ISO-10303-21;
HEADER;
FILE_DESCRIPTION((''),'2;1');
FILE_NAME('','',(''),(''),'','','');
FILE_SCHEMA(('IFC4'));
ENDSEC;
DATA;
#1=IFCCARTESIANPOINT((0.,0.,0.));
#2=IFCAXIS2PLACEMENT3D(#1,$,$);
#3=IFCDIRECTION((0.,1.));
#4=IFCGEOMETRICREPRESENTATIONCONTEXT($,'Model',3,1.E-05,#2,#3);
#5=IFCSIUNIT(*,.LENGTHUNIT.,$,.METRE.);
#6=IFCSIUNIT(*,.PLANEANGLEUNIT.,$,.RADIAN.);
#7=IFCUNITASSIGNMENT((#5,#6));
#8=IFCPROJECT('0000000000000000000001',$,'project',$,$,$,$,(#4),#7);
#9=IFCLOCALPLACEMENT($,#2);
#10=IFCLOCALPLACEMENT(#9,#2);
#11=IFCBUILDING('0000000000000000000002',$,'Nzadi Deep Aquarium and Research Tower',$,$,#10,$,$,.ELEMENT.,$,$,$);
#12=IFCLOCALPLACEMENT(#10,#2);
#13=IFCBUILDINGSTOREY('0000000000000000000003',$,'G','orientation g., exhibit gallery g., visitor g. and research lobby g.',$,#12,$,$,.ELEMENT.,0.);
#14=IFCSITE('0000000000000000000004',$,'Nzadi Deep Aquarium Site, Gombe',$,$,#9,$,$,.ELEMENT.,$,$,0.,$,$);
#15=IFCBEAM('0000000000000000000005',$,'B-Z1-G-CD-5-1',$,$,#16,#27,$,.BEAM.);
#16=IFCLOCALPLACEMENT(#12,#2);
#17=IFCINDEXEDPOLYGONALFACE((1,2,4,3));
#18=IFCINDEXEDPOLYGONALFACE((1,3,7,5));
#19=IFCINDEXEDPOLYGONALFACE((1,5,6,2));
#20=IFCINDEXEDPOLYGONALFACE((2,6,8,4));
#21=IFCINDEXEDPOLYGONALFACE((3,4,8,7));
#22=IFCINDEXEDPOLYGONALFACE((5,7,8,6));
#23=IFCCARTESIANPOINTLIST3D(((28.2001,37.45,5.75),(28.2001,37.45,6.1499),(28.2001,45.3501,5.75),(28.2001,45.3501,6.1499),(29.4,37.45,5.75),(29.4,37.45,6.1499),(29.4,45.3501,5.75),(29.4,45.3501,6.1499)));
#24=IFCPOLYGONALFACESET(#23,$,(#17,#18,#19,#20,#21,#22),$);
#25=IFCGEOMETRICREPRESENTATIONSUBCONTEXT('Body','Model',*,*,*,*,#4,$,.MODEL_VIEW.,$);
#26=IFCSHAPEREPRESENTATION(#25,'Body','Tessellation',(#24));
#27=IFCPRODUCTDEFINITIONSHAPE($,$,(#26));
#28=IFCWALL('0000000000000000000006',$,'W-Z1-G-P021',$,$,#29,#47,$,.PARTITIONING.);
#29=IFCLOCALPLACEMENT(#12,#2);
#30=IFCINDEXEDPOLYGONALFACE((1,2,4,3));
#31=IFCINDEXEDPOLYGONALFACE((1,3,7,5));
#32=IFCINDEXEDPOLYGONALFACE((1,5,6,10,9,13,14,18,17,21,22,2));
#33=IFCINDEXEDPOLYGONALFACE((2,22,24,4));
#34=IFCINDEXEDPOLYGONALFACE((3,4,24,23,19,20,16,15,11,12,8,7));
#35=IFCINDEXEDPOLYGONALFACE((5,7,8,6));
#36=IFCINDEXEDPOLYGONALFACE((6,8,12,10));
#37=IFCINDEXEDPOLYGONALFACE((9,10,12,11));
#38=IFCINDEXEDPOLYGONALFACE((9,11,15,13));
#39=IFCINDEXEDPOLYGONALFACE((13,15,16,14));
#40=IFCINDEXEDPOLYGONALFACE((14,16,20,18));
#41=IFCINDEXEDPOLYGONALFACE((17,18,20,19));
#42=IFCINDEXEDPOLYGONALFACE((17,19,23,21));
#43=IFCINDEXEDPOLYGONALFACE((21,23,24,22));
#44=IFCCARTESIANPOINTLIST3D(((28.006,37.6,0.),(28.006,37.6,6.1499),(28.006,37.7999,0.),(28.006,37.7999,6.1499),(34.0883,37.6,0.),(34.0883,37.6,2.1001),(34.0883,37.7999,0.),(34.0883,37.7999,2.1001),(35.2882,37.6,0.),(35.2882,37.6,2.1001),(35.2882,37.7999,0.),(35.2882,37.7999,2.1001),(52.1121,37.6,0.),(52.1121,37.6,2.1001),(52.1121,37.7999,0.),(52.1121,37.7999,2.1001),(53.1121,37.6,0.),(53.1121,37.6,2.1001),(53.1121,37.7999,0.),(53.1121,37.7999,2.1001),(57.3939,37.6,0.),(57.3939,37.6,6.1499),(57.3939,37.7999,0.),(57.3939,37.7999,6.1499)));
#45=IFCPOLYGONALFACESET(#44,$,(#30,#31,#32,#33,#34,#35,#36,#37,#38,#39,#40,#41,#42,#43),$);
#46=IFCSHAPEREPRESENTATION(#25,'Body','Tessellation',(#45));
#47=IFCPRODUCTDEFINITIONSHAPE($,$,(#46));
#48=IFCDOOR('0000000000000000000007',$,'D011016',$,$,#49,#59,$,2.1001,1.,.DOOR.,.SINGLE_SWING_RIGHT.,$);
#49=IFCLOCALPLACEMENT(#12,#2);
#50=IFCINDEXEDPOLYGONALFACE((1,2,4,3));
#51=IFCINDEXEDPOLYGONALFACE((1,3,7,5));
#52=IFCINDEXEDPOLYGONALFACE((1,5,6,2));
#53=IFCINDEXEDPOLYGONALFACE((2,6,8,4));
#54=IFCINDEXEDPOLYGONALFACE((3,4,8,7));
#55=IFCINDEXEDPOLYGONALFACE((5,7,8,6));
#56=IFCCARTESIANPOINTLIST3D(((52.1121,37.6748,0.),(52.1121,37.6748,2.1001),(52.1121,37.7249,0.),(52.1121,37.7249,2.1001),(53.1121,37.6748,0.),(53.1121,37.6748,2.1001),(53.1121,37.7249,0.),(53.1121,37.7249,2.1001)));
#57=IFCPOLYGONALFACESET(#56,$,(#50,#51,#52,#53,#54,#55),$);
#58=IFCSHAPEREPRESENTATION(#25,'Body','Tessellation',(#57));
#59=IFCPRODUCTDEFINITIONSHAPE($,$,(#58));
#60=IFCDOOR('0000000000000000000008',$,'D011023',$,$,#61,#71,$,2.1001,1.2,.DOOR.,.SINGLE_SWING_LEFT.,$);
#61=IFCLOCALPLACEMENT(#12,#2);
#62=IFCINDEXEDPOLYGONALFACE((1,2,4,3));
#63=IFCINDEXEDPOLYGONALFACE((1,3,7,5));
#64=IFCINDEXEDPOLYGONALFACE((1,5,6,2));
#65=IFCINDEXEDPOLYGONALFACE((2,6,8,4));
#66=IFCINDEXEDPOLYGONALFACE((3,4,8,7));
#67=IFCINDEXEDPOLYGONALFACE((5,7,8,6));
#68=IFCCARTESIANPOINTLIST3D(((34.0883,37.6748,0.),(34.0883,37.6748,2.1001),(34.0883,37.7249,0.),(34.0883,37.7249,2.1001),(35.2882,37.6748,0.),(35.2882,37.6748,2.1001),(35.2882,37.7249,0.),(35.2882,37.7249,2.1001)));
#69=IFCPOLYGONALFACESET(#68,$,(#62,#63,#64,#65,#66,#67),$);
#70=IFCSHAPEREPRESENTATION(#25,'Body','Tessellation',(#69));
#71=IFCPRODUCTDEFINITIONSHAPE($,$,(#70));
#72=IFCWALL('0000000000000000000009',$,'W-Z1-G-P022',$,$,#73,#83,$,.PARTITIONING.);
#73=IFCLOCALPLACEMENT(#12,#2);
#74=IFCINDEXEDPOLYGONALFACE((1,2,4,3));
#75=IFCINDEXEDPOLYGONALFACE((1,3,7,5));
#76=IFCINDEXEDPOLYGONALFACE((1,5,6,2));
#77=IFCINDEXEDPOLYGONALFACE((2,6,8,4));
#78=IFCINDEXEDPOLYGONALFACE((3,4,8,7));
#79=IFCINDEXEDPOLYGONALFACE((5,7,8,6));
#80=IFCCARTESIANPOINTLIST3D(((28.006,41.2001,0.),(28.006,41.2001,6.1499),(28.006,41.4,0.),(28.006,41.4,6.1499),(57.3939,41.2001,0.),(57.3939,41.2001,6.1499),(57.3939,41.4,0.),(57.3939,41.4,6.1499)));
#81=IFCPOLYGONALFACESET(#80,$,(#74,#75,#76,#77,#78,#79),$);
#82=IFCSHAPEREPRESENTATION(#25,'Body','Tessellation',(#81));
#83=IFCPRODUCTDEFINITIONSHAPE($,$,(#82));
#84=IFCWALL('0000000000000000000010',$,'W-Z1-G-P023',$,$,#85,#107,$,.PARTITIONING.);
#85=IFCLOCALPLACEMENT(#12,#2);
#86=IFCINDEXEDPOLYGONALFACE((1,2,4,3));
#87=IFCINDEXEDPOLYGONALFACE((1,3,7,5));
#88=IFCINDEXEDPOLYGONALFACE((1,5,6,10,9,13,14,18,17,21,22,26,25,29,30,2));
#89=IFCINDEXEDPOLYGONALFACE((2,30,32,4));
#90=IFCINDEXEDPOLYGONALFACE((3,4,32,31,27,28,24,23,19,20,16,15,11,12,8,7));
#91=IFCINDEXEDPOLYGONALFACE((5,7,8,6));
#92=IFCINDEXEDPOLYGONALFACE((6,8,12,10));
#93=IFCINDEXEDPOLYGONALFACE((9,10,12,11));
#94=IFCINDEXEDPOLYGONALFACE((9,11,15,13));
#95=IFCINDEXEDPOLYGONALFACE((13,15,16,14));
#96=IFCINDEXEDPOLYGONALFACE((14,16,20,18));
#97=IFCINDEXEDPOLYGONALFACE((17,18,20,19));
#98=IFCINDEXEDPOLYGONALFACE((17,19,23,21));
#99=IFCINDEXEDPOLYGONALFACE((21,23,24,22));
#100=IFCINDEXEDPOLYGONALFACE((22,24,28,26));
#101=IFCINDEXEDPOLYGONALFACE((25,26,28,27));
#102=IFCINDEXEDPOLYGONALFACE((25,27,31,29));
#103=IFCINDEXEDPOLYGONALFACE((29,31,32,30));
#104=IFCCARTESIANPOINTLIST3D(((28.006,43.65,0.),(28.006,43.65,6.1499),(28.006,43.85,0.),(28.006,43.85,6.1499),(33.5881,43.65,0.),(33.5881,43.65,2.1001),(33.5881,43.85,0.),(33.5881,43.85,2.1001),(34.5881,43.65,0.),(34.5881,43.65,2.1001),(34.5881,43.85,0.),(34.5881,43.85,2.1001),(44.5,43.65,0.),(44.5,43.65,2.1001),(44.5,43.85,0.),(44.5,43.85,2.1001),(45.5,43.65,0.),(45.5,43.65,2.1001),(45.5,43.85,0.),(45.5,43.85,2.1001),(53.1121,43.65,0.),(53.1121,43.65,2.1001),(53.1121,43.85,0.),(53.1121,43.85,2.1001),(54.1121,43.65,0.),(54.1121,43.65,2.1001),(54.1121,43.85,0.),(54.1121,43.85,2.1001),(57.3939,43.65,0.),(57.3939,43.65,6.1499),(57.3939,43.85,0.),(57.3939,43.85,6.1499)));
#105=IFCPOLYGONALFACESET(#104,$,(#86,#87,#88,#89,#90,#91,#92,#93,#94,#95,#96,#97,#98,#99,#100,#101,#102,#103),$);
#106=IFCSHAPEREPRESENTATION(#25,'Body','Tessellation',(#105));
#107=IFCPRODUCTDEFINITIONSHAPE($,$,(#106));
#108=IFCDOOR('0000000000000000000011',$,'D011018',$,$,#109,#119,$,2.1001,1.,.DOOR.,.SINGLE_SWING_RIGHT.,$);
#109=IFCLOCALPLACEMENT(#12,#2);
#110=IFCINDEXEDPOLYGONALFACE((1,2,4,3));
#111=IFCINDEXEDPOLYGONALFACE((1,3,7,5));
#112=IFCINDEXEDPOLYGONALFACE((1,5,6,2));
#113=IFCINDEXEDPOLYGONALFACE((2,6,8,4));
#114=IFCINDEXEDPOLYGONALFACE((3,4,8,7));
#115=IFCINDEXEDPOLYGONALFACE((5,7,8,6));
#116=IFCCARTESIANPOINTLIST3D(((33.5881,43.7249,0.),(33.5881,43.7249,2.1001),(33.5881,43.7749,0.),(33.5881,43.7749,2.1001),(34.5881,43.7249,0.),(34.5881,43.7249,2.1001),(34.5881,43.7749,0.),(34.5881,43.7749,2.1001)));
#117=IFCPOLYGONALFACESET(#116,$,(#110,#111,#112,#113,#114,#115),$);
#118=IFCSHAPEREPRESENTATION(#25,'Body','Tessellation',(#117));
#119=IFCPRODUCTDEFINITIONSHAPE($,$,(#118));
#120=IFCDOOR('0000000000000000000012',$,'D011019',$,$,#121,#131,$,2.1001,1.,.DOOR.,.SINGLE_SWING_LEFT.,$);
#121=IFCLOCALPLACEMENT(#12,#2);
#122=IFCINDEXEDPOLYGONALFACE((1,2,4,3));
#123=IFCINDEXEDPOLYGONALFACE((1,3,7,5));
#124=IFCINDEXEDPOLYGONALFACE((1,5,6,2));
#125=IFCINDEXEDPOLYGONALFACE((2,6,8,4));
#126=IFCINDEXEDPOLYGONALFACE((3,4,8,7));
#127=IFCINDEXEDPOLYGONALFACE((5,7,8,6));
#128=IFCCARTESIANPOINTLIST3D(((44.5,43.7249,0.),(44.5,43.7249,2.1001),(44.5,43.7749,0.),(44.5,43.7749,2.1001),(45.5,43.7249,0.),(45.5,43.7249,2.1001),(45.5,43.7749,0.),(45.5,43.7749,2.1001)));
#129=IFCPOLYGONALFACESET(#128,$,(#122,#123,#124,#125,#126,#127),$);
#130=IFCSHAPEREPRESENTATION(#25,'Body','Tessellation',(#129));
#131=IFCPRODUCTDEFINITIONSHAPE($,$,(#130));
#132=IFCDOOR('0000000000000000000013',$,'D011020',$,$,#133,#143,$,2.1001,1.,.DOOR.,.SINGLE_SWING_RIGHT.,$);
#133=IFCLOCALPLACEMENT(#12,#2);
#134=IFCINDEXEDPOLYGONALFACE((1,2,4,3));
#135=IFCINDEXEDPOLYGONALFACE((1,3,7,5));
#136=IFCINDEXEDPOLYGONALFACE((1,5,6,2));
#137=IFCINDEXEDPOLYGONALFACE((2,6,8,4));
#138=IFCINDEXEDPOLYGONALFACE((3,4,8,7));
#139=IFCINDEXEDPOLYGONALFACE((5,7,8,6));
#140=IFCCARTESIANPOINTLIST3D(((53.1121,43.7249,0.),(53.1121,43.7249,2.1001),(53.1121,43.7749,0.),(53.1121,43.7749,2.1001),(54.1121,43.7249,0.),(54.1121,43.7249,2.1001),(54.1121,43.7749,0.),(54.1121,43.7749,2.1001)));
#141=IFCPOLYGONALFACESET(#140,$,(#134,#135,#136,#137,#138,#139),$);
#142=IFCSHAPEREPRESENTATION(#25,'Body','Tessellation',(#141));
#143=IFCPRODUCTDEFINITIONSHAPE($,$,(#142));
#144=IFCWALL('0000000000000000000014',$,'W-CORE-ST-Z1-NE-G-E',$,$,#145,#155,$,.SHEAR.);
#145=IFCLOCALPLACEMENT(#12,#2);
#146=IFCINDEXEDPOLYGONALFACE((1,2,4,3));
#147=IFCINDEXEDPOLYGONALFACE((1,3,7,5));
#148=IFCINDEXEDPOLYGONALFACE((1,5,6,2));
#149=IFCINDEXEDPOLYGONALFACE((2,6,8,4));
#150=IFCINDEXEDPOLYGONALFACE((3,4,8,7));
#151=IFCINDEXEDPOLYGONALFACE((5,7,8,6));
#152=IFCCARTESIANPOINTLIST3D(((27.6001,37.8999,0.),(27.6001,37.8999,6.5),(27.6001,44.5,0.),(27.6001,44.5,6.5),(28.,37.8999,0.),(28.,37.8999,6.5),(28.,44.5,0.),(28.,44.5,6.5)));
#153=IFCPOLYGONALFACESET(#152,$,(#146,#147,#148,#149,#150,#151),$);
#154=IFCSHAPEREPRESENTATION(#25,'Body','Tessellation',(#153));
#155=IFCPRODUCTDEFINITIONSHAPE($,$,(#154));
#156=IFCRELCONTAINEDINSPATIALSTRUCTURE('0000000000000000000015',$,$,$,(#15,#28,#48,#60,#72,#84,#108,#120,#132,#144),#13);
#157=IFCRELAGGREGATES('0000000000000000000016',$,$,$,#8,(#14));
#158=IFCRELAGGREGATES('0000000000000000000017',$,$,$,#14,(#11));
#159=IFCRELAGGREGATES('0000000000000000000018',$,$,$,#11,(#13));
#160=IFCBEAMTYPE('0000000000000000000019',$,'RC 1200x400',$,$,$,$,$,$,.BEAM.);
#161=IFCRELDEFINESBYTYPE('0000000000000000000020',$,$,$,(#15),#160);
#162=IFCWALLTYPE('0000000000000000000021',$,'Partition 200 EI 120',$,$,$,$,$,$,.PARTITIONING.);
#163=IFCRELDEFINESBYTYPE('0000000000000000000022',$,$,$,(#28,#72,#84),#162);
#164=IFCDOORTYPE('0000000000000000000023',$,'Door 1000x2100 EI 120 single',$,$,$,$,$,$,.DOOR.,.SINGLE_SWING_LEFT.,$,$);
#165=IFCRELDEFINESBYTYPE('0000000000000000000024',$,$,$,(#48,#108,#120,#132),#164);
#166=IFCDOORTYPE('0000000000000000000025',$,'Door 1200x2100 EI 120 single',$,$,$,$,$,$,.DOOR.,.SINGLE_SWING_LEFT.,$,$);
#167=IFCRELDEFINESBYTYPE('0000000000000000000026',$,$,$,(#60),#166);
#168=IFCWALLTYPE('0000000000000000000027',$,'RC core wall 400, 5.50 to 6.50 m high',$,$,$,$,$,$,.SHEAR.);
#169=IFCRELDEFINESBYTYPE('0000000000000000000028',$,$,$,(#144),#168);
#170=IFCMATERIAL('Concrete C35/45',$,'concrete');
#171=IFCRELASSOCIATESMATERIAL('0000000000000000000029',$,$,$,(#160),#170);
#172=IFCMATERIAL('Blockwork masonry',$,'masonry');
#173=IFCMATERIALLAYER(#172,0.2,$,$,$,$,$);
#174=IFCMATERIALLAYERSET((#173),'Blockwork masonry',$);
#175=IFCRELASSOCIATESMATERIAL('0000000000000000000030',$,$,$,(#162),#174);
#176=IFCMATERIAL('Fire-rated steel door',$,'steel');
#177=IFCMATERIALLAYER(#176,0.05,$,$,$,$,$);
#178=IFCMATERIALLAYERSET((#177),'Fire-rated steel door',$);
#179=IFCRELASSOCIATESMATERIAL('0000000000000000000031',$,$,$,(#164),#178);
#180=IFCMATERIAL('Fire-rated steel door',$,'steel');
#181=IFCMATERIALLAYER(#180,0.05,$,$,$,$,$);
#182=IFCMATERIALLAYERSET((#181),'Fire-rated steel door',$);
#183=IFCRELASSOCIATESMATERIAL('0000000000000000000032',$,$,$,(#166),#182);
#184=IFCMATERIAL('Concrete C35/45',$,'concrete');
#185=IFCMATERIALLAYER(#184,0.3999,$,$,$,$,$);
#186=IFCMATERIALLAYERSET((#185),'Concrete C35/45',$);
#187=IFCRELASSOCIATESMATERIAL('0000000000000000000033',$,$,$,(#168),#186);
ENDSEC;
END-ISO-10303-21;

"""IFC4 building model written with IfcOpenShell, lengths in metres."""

from ifc_helpers import new_model, si_unit, direction, frame, frame_2d, origin, origin_2d, place, context, subcontext, project, spatial, rectangle, extrude, material, layer, layer_set, material_profile, profile_set, type_object, element, fill, save


model = new_model("IFC4")

# Units and contexts
model_context = context("Model", 3, precision=1e-05, world=origin(), true_north=direction((0.0, 1.0)))
body_context = subcontext(model_context, "Body", "Model", "MODEL_VIEW")
ifc_project = project(units=[si_unit("LENGTHUNIT", "METRE"), si_unit("PLANEANGLEUNIT", "RADIAN")], contexts=[model_context])

# Site, building, storey
site_placement = place(None, origin())
site = spatial("IfcSite", under=ifc_project, at=site_placement, Name="Nzadi Deep Aquarium Site, Gombe", CompositionType="ELEMENT", RefElevation=0.0)
building_placement = place(site_placement, origin())
building = spatial("IfcBuilding", under=site, at=building_placement, Name="Nzadi Deep Aquarium and Research Tower", CompositionType="ELEMENT")
storey_placement = place(building_placement, origin())
storey = spatial("IfcBuildingStorey", under=building, at=storey_placement, Name="G", Description="orientation g., exhibit gallery g., visitor g. and research lobby g.", CompositionType="ELEMENT", Elevation=0.0)

# Beam
ifc_material_1 = material(Name="Concrete C35/45", Category="concrete")
ifc_material_profile = material_profile(ifc_material_1, rectangle(XDim=1.2, YDim=0.3999, at=origin_2d()))
ifc_profile_set = profile_set([ifc_material_profile], Name="Concrete C35/45")
beam_type = type_object("IfcBeamType", Name="RC 1200x400", PredefinedType="BEAM", material=ifc_profile_set)
beam_placement = place(storey_placement, frame((28.8, 37.45, 5.95), z_axis=(0.0, 1.0, 0.0), x_axis=(-1.0, 0.0, 0.0)))
element("IfcBeam", 1, at=beam_placement, inside=storey, type_object=beam_type, Name="B-Z1-G-CD-5-1", PredefinedType="BEAM", context=body_context, shape_type="SweptSolid", body=[
    extrude(rectangle(XDim=1.2, YDim=0.3999, at=origin_2d()), origin(), (0.0, 0.0, 1.0), 7.9001),
])

# Wall, openings, doors
ifc_material_2 = material(Name="Blockwork masonry", Category="masonry")
ifc_layer_1 = layer(ifc_material_2, 0.2)
ifc_layer_set_1 = layer_set([ifc_layer_1], Name="Blockwork masonry")
wall_type_1 = type_object("IfcWallType", Name="Partition 200 EI 120", PredefinedType="PARTITIONING", material=ifc_layer_set_1)
wall_1_placement = place(storey_placement, frame((28.0061, 37.7, 0.0), z_axis=(0.0, 0.0, 1.0), x_axis=(1.0, 0.0, 0.0)))
wall_1 = element("IfcWall", 2, at=wall_1_placement, inside=storey, type_object=wall_type_1, Name="W-Z1-G-P021", PredefinedType="PARTITIONING", context=body_context, shape_type="SweptSolid", body=[
    extrude(rectangle(XDim=29.3879, YDim=0.2, at=frame_2d((14.6938, 0.0))), origin(), (0.0, 0.0, 1.0), 6.1499),
])
opening_1_placement = place(wall_1_placement, frame((24.106, 0.0, 0.0)))
opening_1 = element("IfcOpeningElement", 3, at=opening_1_placement, cuts=wall_1, PredefinedType="OPENING", context=body_context, shape_type="SweptSolid", body=[
    extrude(rectangle(XDim=1.0, YDim=2.1001, at=frame_2d((0.5, 1.05))), frame((0.0, 0.1101, 0.0), z_axis=(0.0, -1.0, 0.0), x_axis=(1.0, 0.0, 0.0)), (0.0, 0.0, 1.0), 0.2202),
])
opening_2_placement = place(wall_1_placement, frame((6.082, 0.0, 0.0)))
opening_2 = element("IfcOpeningElement", 4, at=opening_2_placement, cuts=wall_1, PredefinedType="OPENING", context=body_context, shape_type="SweptSolid", body=[
    extrude(rectangle(XDim=1.2, YDim=2.1001, at=frame_2d((0.6001, 1.05))), frame((0.0, 0.1101, 0.0), z_axis=(0.0, -1.0, 0.0), x_axis=(1.0, 0.0, 0.0)), (0.0, 0.0, 1.0), 0.2202),
])
ifc_material_3 = material(Name="Fire-rated steel door", Category="steel")
ifc_layer_2 = layer(ifc_material_3, 0.05)
ifc_layer_set_2 = layer_set([ifc_layer_2], Name="Fire-rated steel door")
door_type_1 = type_object("IfcDoorType", Name="Door 1000x2100 EI 120 single", OperationType="SINGLE_SWING_LEFT", PredefinedType="DOOR", material=ifc_layer_set_2)
door_1_placement = place(opening_1_placement, origin())
door_1 = element("IfcDoor", 5, at=door_1_placement, inside=storey, type_object=door_type_1, Name="D011016", OperationType="SINGLE_SWING_RIGHT", OverallHeight=2.1001, OverallWidth=1.0, PredefinedType="DOOR", context=body_context, shape_type="SweptSolid", body=[
    extrude(rectangle(XDim=1.0, YDim=2.1001, at=frame_2d((0.5, 1.05))), frame((0.0, 0.0249, 0.0), z_axis=(0.0, -1.0, 0.0), x_axis=(1.0, 0.0, 0.0)), (0.0, 0.0, 1.0), 0.05),
])
fill(opening_1, door_1)
ifc_material_4 = material(Name="Fire-rated steel door", Category="steel")
ifc_layer_3 = layer(ifc_material_4, 0.05)
ifc_layer_set_3 = layer_set([ifc_layer_3], Name="Fire-rated steel door")
door_type_2 = type_object("IfcDoorType", Name="Door 1200x2100 EI 120 single", OperationType="SINGLE_SWING_LEFT", PredefinedType="DOOR", material=ifc_layer_set_3)
door_2_placement = place(opening_2_placement, origin())
door_2 = element("IfcDoor", 6, at=door_2_placement, inside=storey, type_object=door_type_2, Name="D011023", OperationType="SINGLE_SWING_LEFT", OverallHeight=2.1001, OverallWidth=1.2, PredefinedType="DOOR", context=body_context, shape_type="SweptSolid", body=[
    extrude(rectangle(XDim=1.2, YDim=2.1001, at=frame_2d((0.6001, 1.05))), frame((0.0, 0.0249, 0.0), z_axis=(0.0, -1.0, 0.0), x_axis=(1.0, 0.0, 0.0)), (0.0, 0.0, 1.0), 0.05),
])
fill(opening_2, door_2)

# Wall
wall_2_placement = place(storey_placement, frame((28.0061, 41.3, 0.0), z_axis=(0.0, 0.0, 1.0), x_axis=(1.0, 0.0, 0.0)))
element("IfcWall", 7, at=wall_2_placement, inside=storey, type_object=wall_type_1, Name="W-Z1-G-P022", PredefinedType="PARTITIONING", context=body_context, shape_type="SweptSolid", body=[
    extrude(rectangle(XDim=29.3879, YDim=0.2, at=frame_2d((14.6938, 0.0))), origin(), (0.0, 0.0, 1.0), 6.1499),
])

# Wall, openings, doors
wall_3_placement = place(storey_placement, frame((28.0061, 43.75, 0.0), z_axis=(0.0, 0.0, 1.0), x_axis=(1.0, 0.0, 0.0)))
wall_3 = element("IfcWall", 8, at=wall_3_placement, inside=storey, type_object=wall_type_1, Name="W-Z1-G-P023", PredefinedType="PARTITIONING", context=body_context, shape_type="SweptSolid", body=[
    extrude(rectangle(XDim=29.3879, YDim=0.2, at=frame_2d((14.6938, 0.0))), origin(), (0.0, 0.0, 1.0), 6.1499),
])
opening_3_placement = place(wall_3_placement, frame((5.582, 0.0, 0.0)))
opening_3 = element("IfcOpeningElement", 9, at=opening_3_placement, cuts=wall_3, PredefinedType="OPENING", context=body_context, shape_type="SweptSolid", body=[
    extrude(rectangle(XDim=1.0, YDim=2.1001, at=frame_2d((0.5, 1.05))), frame((0.0, 0.1101, 0.0), z_axis=(0.0, -1.0, 0.0), x_axis=(1.0, 0.0, 0.0)), (0.0, 0.0, 1.0), 0.2202),
])
opening_4_placement = place(wall_3_placement, frame((16.4939, 0.0, 0.0)))
opening_4 = element("IfcOpeningElement", 10, at=opening_4_placement, cuts=wall_3, PredefinedType="OPENING", context=body_context, shape_type="SweptSolid", body=[
    extrude(rectangle(XDim=1.0, YDim=2.1001, at=frame_2d((0.5, 1.05))), frame((0.0, 0.1101, 0.0), z_axis=(0.0, -1.0, 0.0), x_axis=(1.0, 0.0, 0.0)), (0.0, 0.0, 1.0), 0.2202),
])
opening_5_placement = place(wall_3_placement, frame((25.106, 0.0, 0.0)))
opening_5 = element("IfcOpeningElement", 11, at=opening_5_placement, cuts=wall_3, PredefinedType="OPENING", context=body_context, shape_type="SweptSolid", body=[
    extrude(rectangle(XDim=1.0, YDim=2.1001, at=frame_2d((0.5, 1.05))), frame((0.0, 0.1101, 0.0), z_axis=(0.0, -1.0, 0.0), x_axis=(1.0, 0.0, 0.0)), (0.0, 0.0, 1.0), 0.2202),
])
door_3_placement = place(opening_3_placement, origin())
door_3 = element("IfcDoor", 12, at=door_3_placement, inside=storey, type_object=door_type_1, Name="D011018", OperationType="SINGLE_SWING_RIGHT", OverallHeight=2.1001, OverallWidth=1.0, PredefinedType="DOOR", context=body_context, shape_type="SweptSolid", body=[
    extrude(rectangle(XDim=1.0, YDim=2.1001, at=frame_2d((0.5, 1.05))), frame((0.0, 0.0249, 0.0), z_axis=(0.0, -1.0, 0.0), x_axis=(1.0, 0.0, 0.0)), (0.0, 0.0, 1.0), 0.05),
])
fill(opening_3, door_3)
door_4_placement = place(opening_4_placement, origin())
door_4 = element("IfcDoor", 13, at=door_4_placement, inside=storey, type_object=door_type_1, Name="D011019", OperationType="SINGLE_SWING_LEFT", OverallHeight=2.1001, OverallWidth=1.0, PredefinedType="DOOR", context=body_context, shape_type="SweptSolid", body=[
    extrude(rectangle(XDim=1.0, YDim=2.1001, at=frame_2d((0.5, 1.05))), frame((0.0, 0.0249, 0.0), z_axis=(0.0, -1.0, 0.0), x_axis=(1.0, 0.0, 0.0)), (0.0, 0.0, 1.0), 0.05),
])
fill(opening_4, door_4)
door_5_placement = place(opening_5_placement, origin())
door_5 = element("IfcDoor", 14, at=door_5_placement, inside=storey, type_object=door_type_1, Name="D011020", OperationType="SINGLE_SWING_RIGHT", OverallHeight=2.1001, OverallWidth=1.0, PredefinedType="DOOR", context=body_context, shape_type="SweptSolid", body=[
    extrude(rectangle(XDim=1.0, YDim=2.1001, at=frame_2d((0.5, 1.05))), frame((0.0, 0.0249, 0.0), z_axis=(0.0, -1.0, 0.0), x_axis=(1.0, 0.0, 0.0)), (0.0, 0.0, 1.0), 0.05),
])
fill(opening_5, door_5)

# Wall
ifc_material_5 = material(Name="Concrete C35/45", Category="concrete")
ifc_layer_4 = layer(ifc_material_5, 0.3999)
ifc_layer_set_4 = layer_set([ifc_layer_4], Name="Concrete C35/45")
wall_type_2 = type_object("IfcWallType", Name="RC core wall 400, 5.50 to 6.50 m high", PredefinedType="SHEAR", material=ifc_layer_set_4)
wall_4_placement = place(storey_placement, frame((27.8, 37.8999, 0.0), z_axis=(0.0, 0.0, 1.0), x_axis=(0.0, 1.0, 0.0)))
element("IfcWall", 15, at=wall_4_placement, inside=storey, type_object=wall_type_2, Name="W-CORE-ST-Z1-NE-G-E", PredefinedType="SHEAR", context=body_context, shape_type="SweptSolid", body=[
    extrude(rectangle(XDim=6.6001, YDim=0.3999, at=frame_2d((3.3, 0.0))), origin(), (0.0, 0.0, 1.0), 6.5),
])

save(model, "model.ifc")
